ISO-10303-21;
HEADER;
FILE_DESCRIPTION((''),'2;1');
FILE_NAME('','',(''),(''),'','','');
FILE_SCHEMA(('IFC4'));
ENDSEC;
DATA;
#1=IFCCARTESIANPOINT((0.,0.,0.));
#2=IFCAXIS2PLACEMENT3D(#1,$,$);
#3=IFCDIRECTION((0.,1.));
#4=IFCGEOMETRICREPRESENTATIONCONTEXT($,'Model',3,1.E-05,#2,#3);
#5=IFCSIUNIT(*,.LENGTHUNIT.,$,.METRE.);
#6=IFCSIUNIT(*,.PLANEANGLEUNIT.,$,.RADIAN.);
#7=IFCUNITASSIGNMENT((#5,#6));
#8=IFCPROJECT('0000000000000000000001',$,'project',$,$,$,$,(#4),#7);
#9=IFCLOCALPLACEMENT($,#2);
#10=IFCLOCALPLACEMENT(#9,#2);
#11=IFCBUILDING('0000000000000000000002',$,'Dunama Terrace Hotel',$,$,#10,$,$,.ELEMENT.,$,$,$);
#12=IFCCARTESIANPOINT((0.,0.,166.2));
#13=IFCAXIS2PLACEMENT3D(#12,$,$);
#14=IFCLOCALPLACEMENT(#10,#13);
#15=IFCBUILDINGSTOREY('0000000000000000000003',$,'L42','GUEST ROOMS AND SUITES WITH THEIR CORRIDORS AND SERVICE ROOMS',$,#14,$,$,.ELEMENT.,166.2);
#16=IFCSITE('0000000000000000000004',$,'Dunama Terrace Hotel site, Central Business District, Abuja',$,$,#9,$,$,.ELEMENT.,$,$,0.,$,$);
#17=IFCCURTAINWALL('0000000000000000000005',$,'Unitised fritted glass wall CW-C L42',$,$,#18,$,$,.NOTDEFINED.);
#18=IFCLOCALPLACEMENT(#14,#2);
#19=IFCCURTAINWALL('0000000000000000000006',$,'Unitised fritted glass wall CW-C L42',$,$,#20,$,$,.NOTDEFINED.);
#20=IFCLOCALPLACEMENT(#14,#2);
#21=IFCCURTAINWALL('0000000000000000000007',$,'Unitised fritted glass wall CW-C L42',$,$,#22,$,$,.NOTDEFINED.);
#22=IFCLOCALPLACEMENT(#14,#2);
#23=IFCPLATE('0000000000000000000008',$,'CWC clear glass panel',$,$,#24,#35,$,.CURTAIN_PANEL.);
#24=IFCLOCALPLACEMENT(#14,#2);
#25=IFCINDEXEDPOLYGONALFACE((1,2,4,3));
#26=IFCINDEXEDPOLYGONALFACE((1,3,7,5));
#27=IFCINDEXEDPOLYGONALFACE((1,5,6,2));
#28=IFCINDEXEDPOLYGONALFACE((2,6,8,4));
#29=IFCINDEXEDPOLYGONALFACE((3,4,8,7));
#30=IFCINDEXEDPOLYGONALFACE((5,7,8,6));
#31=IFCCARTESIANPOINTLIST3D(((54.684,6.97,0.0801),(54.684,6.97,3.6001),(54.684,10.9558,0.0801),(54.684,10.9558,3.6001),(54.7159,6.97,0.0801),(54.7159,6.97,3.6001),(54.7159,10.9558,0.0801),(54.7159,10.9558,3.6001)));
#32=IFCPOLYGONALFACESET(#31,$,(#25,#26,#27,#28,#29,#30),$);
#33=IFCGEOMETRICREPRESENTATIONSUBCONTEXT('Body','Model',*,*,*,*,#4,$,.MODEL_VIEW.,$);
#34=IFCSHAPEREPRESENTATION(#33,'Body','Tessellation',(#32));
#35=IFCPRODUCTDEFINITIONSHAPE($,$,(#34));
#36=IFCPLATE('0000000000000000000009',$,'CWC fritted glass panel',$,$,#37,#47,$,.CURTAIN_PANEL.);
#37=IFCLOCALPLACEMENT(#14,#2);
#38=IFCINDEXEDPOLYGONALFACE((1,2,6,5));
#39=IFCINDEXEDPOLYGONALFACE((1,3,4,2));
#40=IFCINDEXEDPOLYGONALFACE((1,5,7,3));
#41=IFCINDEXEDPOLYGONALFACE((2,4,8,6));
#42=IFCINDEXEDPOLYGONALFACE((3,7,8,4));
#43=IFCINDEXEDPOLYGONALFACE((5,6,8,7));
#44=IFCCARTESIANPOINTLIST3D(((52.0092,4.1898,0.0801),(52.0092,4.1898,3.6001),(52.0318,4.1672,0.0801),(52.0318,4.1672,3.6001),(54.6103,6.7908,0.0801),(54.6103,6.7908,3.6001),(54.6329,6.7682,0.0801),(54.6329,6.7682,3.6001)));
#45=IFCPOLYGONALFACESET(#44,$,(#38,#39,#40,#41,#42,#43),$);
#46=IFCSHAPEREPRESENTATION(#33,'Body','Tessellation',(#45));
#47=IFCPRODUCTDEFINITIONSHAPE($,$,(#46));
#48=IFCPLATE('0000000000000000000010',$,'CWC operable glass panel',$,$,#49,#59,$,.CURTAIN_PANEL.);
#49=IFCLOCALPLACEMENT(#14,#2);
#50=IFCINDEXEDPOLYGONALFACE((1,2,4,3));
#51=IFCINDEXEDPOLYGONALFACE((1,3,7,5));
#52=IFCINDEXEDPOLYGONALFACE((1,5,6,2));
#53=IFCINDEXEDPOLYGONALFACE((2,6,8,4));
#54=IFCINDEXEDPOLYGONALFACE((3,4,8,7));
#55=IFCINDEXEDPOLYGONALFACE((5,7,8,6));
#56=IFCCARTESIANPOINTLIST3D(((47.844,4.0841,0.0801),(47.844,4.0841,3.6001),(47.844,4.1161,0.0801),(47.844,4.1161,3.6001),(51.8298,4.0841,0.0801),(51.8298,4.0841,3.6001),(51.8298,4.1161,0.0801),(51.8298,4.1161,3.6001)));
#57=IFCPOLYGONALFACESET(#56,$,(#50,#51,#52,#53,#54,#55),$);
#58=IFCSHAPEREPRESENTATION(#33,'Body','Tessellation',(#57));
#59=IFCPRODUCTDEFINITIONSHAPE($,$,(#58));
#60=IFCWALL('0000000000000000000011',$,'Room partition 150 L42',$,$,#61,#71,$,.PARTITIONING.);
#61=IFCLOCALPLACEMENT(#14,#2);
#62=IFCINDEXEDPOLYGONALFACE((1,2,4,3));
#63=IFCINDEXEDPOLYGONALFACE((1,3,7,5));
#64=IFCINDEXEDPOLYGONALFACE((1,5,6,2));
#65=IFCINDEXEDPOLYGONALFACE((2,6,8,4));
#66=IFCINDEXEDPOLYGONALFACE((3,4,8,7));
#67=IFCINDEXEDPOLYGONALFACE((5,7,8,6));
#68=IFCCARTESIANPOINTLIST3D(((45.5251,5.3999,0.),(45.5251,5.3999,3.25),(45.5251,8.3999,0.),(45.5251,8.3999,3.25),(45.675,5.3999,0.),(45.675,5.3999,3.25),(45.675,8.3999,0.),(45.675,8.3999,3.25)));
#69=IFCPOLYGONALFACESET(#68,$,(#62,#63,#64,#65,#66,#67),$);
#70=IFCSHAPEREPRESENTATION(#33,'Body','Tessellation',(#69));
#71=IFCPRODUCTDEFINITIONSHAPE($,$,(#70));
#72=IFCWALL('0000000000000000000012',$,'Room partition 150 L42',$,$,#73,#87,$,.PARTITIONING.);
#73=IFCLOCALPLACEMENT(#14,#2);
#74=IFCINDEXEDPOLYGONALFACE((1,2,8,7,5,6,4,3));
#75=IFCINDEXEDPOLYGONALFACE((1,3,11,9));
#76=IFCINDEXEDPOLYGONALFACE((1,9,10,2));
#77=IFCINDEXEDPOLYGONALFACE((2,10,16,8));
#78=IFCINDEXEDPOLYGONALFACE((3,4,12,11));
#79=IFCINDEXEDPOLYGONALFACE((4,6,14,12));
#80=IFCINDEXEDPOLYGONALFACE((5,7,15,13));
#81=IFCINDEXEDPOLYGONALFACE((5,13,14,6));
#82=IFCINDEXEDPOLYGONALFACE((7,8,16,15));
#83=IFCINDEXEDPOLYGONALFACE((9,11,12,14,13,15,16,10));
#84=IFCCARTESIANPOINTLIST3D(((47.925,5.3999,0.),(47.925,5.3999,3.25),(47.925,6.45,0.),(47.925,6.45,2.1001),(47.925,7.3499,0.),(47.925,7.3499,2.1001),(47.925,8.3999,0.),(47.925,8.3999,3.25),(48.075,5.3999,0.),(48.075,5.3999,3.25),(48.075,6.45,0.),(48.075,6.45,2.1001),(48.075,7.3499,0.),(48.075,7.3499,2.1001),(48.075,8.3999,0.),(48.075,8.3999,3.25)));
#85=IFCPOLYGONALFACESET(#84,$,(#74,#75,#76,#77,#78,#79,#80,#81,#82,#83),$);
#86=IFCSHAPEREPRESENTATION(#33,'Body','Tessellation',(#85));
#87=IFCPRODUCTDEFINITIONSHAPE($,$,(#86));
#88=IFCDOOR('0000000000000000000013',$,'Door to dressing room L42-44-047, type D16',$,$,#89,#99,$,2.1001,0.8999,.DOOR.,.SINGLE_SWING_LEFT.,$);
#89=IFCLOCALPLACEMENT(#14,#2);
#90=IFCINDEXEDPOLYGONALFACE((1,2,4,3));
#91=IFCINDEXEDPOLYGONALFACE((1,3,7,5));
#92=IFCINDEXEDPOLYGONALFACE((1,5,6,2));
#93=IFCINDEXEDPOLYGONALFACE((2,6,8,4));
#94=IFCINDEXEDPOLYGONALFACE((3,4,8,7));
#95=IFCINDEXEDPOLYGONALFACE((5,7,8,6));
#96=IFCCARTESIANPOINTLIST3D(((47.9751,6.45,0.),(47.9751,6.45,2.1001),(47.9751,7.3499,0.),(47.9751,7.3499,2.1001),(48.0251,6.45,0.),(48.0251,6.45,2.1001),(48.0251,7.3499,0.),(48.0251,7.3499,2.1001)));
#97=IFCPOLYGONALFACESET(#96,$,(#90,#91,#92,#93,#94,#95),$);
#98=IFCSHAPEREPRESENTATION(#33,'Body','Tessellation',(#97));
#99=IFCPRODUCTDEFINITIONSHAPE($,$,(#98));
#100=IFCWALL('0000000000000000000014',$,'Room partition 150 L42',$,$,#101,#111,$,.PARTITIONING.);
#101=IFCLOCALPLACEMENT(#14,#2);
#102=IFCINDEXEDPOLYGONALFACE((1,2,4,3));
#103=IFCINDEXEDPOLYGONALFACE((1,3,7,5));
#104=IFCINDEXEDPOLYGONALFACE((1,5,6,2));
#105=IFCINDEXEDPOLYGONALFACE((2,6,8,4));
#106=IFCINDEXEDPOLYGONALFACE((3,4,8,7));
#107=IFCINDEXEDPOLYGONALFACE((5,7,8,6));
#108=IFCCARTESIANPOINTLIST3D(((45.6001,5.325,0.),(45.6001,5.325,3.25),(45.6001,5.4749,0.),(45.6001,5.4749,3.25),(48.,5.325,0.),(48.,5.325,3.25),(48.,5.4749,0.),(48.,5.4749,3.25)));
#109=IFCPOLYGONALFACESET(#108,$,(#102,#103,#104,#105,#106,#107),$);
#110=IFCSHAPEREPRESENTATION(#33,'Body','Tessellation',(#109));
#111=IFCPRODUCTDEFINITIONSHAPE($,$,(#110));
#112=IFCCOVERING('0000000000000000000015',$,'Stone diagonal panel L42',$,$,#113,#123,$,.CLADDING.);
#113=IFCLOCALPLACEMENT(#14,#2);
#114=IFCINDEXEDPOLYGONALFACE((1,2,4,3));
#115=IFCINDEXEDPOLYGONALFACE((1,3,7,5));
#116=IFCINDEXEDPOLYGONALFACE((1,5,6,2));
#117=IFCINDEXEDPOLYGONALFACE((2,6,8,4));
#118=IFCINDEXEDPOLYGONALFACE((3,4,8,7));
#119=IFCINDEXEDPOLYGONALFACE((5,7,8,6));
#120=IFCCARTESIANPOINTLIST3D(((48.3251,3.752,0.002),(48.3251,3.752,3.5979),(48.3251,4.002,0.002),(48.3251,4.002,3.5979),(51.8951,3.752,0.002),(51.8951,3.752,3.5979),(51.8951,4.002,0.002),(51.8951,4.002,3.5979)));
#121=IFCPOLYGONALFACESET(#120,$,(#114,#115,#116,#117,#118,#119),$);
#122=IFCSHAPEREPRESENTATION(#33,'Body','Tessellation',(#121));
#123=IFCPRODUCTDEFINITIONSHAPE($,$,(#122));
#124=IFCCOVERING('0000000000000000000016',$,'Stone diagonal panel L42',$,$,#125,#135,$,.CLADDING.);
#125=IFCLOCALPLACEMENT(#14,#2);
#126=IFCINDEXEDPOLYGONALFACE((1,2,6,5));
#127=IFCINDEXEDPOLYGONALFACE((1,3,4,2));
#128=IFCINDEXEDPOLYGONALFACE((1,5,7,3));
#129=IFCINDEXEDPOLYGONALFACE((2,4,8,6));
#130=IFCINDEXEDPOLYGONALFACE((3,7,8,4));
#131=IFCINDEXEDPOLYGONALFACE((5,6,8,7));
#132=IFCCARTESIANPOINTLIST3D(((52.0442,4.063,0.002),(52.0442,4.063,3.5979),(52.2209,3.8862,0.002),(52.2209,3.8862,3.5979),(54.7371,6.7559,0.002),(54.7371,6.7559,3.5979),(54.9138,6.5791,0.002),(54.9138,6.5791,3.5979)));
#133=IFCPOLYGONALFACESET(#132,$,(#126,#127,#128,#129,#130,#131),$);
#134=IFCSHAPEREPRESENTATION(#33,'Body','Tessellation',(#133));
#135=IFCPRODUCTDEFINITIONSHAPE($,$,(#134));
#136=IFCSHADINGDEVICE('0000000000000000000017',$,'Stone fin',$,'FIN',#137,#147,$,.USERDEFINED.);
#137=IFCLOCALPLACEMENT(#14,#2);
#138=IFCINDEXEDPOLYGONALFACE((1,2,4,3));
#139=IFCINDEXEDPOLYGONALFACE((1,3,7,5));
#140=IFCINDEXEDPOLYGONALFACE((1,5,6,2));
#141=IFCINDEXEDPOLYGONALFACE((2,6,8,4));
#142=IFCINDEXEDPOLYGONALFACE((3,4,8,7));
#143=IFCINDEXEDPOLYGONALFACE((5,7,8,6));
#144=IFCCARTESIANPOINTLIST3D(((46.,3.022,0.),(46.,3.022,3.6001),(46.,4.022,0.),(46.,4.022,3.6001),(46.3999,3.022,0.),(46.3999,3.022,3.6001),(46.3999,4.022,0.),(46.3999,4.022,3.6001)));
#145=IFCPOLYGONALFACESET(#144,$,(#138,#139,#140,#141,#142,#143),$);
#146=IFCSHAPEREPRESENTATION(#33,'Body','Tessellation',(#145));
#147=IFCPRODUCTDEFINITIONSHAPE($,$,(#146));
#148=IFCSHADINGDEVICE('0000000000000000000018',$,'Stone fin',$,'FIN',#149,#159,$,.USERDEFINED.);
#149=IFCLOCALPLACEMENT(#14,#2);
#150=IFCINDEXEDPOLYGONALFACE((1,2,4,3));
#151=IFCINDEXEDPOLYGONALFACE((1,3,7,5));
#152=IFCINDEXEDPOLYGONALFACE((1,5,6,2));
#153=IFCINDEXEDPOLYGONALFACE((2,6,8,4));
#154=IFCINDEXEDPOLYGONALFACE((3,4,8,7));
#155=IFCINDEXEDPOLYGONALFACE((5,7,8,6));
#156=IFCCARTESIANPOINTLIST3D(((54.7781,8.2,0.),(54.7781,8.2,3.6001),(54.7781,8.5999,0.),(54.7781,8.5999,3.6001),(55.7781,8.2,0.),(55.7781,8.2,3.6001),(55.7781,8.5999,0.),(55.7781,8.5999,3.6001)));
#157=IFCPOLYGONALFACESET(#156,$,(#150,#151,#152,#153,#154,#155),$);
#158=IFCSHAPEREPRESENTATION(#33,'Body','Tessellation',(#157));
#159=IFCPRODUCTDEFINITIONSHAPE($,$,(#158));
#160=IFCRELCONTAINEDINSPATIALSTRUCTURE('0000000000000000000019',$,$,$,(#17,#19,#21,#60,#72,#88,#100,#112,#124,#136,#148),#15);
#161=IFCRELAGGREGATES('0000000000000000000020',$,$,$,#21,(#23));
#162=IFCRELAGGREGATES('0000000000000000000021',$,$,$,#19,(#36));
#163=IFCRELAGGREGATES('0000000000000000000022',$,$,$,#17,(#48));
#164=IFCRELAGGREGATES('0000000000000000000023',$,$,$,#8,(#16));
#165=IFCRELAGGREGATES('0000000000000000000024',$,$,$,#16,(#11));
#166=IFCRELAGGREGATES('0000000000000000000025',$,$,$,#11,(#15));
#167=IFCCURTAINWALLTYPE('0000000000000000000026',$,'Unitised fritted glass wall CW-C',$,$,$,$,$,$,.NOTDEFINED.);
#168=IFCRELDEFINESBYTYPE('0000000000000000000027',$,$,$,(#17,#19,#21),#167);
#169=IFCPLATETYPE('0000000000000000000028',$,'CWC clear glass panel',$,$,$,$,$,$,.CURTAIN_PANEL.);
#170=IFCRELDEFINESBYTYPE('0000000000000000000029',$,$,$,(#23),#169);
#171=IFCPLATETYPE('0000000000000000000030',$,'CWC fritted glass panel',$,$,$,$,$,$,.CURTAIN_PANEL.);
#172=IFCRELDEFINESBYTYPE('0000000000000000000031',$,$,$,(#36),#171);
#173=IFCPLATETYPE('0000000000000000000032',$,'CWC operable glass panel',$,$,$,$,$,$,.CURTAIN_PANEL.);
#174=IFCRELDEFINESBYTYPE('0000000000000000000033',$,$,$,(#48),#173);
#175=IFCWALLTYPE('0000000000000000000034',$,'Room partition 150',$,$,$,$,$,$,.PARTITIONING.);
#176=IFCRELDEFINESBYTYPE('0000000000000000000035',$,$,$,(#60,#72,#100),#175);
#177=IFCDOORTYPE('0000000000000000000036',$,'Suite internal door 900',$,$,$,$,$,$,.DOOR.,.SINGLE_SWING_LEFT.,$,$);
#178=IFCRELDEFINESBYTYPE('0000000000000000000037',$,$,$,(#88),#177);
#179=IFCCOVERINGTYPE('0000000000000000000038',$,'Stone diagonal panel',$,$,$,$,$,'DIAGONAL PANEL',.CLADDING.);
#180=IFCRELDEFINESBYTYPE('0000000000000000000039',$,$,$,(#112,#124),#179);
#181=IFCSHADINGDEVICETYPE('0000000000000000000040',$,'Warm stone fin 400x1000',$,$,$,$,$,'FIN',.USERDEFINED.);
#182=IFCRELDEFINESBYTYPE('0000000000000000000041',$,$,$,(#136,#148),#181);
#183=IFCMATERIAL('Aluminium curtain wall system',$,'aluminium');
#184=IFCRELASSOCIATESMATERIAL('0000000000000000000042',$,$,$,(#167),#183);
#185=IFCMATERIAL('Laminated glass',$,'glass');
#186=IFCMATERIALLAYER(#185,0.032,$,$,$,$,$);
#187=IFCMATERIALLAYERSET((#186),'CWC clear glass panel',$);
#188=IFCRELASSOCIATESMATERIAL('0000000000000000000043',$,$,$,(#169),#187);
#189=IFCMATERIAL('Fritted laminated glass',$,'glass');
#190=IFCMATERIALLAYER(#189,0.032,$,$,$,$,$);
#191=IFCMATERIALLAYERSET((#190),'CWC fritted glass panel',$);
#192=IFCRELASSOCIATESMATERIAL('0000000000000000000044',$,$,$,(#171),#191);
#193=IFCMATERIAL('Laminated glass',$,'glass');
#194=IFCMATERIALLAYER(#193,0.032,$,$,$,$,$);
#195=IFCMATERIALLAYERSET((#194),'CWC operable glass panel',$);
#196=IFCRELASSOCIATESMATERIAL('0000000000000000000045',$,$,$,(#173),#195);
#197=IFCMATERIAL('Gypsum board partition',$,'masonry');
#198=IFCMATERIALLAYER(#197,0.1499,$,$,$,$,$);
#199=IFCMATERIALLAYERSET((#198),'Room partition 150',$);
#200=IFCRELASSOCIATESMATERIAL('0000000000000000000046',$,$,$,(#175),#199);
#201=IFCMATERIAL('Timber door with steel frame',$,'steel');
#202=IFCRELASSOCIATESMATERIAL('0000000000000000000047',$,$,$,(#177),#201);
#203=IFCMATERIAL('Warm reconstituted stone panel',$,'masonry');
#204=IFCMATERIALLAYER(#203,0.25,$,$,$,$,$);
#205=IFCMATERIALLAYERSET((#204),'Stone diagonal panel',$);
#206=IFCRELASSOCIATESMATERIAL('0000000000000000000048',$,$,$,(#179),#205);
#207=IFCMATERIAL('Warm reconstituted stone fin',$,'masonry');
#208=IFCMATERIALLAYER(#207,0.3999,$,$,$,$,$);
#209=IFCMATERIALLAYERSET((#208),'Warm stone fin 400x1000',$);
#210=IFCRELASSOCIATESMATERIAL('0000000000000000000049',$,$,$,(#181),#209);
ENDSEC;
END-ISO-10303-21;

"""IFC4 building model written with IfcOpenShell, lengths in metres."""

from ifc_helpers import new_model, si_unit, direction, frame, frame_2d, origin, origin_2d, place, context, subcontext, project, spatial, rectangle, extrude, material, layer, layer_set, type_object, element, fill, aggregate, save


model = new_model("IFC4")

# Units and contexts
model_context = context("Model", 3, precision=1e-05, world=origin(), true_north=direction((0.0, 1.0)))
body_context = subcontext(model_context, "Body", "Model", "MODEL_VIEW")
ifc_project = project(units=[si_unit("LENGTHUNIT", "METRE"), si_unit("PLANEANGLEUNIT", "RADIAN")], contexts=[model_context])

# Site, building, storey
site_placement = place(None, origin())
site = spatial("IfcSite", under=ifc_project, at=site_placement, Name="Dunama Terrace Hotel site, Central Business District, Abuja", CompositionType="ELEMENT", RefElevation=0.0)
building_placement = place(site_placement, origin())
building = spatial("IfcBuilding", under=site, at=building_placement, Name="Dunama Terrace Hotel", CompositionType="ELEMENT")
storey_placement = place(building_placement, frame((0.0, 0.0, 166.2)))
storey = spatial("IfcBuildingStorey", under=building, at=storey_placement, Name="L42", Description="GUEST ROOMS AND SUITES WITH THEIR CORRIDORS AND SERVICE ROOMS", CompositionType="ELEMENT", Elevation=166.2)

# Curtain walls
ifc_material_1 = material(Name="Aluminium curtain wall system", Category="aluminium")
curtain_wall_type = type_object("IfcCurtainWallType", Name="Unitised fritted glass wall CW-C", PredefinedType="NOTDEFINED", material=ifc_material_1)
curtain_wall_1_placement = place(storey_placement, origin())
curtain_wall_1 = element("IfcCurtainWall", 1, at=curtain_wall_1_placement, inside=storey, type_object=curtain_wall_type, Name="Unitised fritted glass wall CW-C L42", PredefinedType="NOTDEFINED")
curtain_wall_2_placement = place(storey_placement, origin())
curtain_wall_2 = element("IfcCurtainWall", 2, at=curtain_wall_2_placement, inside=storey, type_object=curtain_wall_type, Name="Unitised fritted glass wall CW-C L42", PredefinedType="NOTDEFINED")

# Curtain wall
curtain_wall_3_placement = place(storey_placement, origin())
curtain_wall_3 = element("IfcCurtainWall", 3, at=curtain_wall_3_placement, inside=storey, type_object=curtain_wall_type, Name="Unitised fritted glass wall CW-C L42", PredefinedType="NOTDEFINED")

# Plates
ifc_material_2 = material(Name="Laminated glass", Category="glass")
ifc_layer_1 = layer(ifc_material_2, 0.032)
ifc_layer_set_1 = layer_set([ifc_layer_1], Name="CWC clear glass panel")
plate_type_1 = type_object("IfcPlateType", Name="CWC clear glass panel", PredefinedType="CURTAIN_PANEL", material=ifc_layer_set_1)
plate_1_placement = place(storey_placement, frame((54.7, 8.9629, 0.0801), z_axis=(0.0, 0.0, 1.0), x_axis=(0.0, 1.0, 0.0)))
plate_1 = element("IfcPlate", 4, at=plate_1_placement, type_object=plate_type_1, Name="CWC clear glass panel", PredefinedType="CURTAIN_PANEL", context=body_context, shape_type="SweptSolid", body=[
    extrude(rectangle(XDim=3.9858, YDim=0.032, at=origin_2d()), origin(), (0.0, 0.0, 1.0), 3.52),
])
aggregate(curtain_wall_3, [plate_1])
ifc_material_3 = material(Name="Fritted laminated glass", Category="glass")
ifc_layer_2 = layer(ifc_material_3, 0.032)
ifc_layer_set_2 = layer_set([ifc_layer_2], Name="CWC fritted glass panel")
plate_type_2 = type_object("IfcPlateType", Name="CWC fritted glass panel", PredefinedType="CURTAIN_PANEL", material=ifc_layer_set_2)
plate_2_placement = place(storey_placement, frame((53.321, 5.479, 0.0801), z_axis=(0.0, 0.0, 1.0), x_axis=(0.707107, 0.707107, 0.0)))
plate_2 = element("IfcPlate", 5, at=plate_2_placement, type_object=plate_type_2, Name="CWC fritted glass panel", PredefinedType="CURTAIN_PANEL", context=body_context, shape_type="SweptSolid", body=[
    extrude(rectangle(XDim=3.6785, YDim=0.032, at=origin_2d()), origin(), (0.0, 0.0, 1.0), 3.52),
])
aggregate(curtain_wall_2, [plate_2])
ifc_material_4 = material(Name="Laminated glass", Category="glass")
ifc_layer_3 = layer(ifc_material_4, 0.032)
ifc_layer_set_3 = layer_set([ifc_layer_3], Name="CWC operable glass panel")
plate_type_3 = type_object("IfcPlateType", Name="CWC operable glass panel", PredefinedType="CURTAIN_PANEL", material=ifc_layer_set_3)
plate_3_placement = place(storey_placement, frame((49.8369, 4.1001, 0.0801), z_axis=(0.0, 0.0, 1.0), x_axis=(1.0, 0.0, 0.0)))
plate_3 = element("IfcPlate", 6, at=plate_3_placement, type_object=plate_type_3, Name="CWC operable glass panel", PredefinedType="CURTAIN_PANEL", context=body_context, shape_type="SweptSolid", body=[
    extrude(rectangle(XDim=3.9858, YDim=0.032, at=origin_2d()), origin(), (0.0, 0.0, 1.0), 3.52),
])
aggregate(curtain_wall_1, [plate_3])

# Wall
ifc_material_5 = material(Name="Gypsum board partition", Category="masonry")
ifc_layer_4 = layer(ifc_material_5, 0.1499)
ifc_layer_set_4 = layer_set([ifc_layer_4], Name="Room partition 150")
wall_type = type_object("IfcWallType", Name="Room partition 150", PredefinedType="PARTITIONING", material=ifc_layer_set_4)
wall_1_placement = place(storey_placement, frame((45.6001, 5.3999, 0.0), z_axis=(0.0, 0.0, 1.0), x_axis=(0.0, 1.0, 0.0)))
element("IfcWall", 7, at=wall_1_placement, inside=storey, type_object=wall_type, Name="Room partition 150 L42", PredefinedType="PARTITIONING", context=body_context, shape_type="SweptSolid", body=[
    extrude(rectangle(XDim=3.0, YDim=0.1499, at=frame_2d((1.5, 0.0))), origin(), (0.0, 0.0, 1.0), 3.25),
])

# Wall, opening, door
wall_2_placement = place(storey_placement, frame((48.0, 5.3999, 0.0), z_axis=(0.0, 0.0, 1.0), x_axis=(0.0, 1.0, 0.0)))
wall_2 = element("IfcWall", 8, at=wall_2_placement, inside=storey, type_object=wall_type, Name="Room partition 150 L42", PredefinedType="PARTITIONING", context=body_context, shape_type="SweptSolid", body=[
    extrude(rectangle(XDim=3.0, YDim=0.1499, at=frame_2d((1.5, 0.0))), origin(), (0.0, 0.0, 1.0), 3.25),
])
opening_placement = place(wall_2_placement, frame((1.05, 0.0, 0.0)))
opening = element("IfcOpeningElement", 9, at=opening_placement, cuts=wall_2, PredefinedType="OPENING", context=body_context, shape_type="SweptSolid", body=[
    extrude(rectangle(XDim=0.8999, YDim=2.1001, at=frame_2d((0.45, 1.05))), frame((0.0, 0.085, 0.0), z_axis=(0.0, -1.0, 0.0), x_axis=(1.0, 0.0, 0.0)), (0.0, 0.0, 1.0), 0.1699),
])
ifc_material_6 = material(Name="Timber door with steel frame", Category="steel")
door_type = type_object("IfcDoorType", Name="Suite internal door 900", OperationType="SINGLE_SWING_LEFT", PredefinedType="DOOR", material=ifc_material_6)
door_placement = place(opening_placement, origin())
door = element("IfcDoor", 10, at=door_placement, inside=storey, type_object=door_type, Name="Door to dressing room L42-44-047, type D16", OperationType="SINGLE_SWING_LEFT", OverallHeight=2.1001, OverallWidth=0.8999, PredefinedType="DOOR", context=body_context, shape_type="SweptSolid", body=[
    extrude(rectangle(XDim=0.8999, YDim=2.1001, at=frame_2d((0.45, 1.05))), frame((0.0, 0.0249, 0.0), z_axis=(0.0, -1.0, 0.0), x_axis=(1.0, 0.0, 0.0)), (0.0, 0.0, 1.0), 0.05),
])
fill(opening, door)

# Wall
wall_3_placement = place(storey_placement, frame((45.6001, 5.3999, 0.0), z_axis=(0.0, 0.0, 1.0), x_axis=(1.0, 0.0, 0.0)))
element("IfcWall", 11, at=wall_3_placement, inside=storey, type_object=wall_type, Name="Room partition 150 L42", PredefinedType="PARTITIONING", context=body_context, shape_type="SweptSolid", body=[
    extrude(rectangle(XDim=2.3999, YDim=0.1499, at=frame_2d((1.2, 0.0))), origin(), (0.0, 0.0, 1.0), 3.25),
])

# Coverings
ifc_material_7 = material(Name="Warm reconstituted stone panel", Category="masonry")
ifc_layer_5 = layer(ifc_material_7, 0.25)
ifc_layer_set_5 = layer_set([ifc_layer_5], Name="Stone diagonal panel")
covering_type = type_object("IfcCoveringType", Name="Stone diagonal panel", ElementType="DIAGONAL PANEL", PredefinedType="CLADDING", material=ifc_layer_set_5)
covering_1_placement = place(storey_placement, frame((50.1101, 3.877, 0.002), z_axis=(0.0, 0.0, 1.0), x_axis=(1.0, 0.0, 0.0)))
element("IfcCovering", 12, at=covering_1_placement, inside=storey, type_object=covering_type, Name="Stone diagonal panel L42", PredefinedType="CLADDING", context=body_context, shape_type="SweptSolid", body=[
    extrude(rectangle(XDim=3.5701, YDim=0.25, at=origin_2d()), origin(), (0.0, 0.0, 1.0), 3.5959),
])
covering_2_placement = place(storey_placement, frame((53.479, 5.321, 0.002), z_axis=(0.0, 0.0, 1.0), x_axis=(0.707107, 0.707107, 0.0)))
element("IfcCovering", 13, at=covering_2_placement, inside=storey, type_object=covering_type, Name="Stone diagonal panel L42", PredefinedType="CLADDING", context=body_context, shape_type="SweptSolid", body=[
    extrude(rectangle(XDim=3.8083, YDim=0.25, at=origin_2d()), origin(), (0.0, 0.0, 1.0), 3.5959),
])

# Shading devices
ifc_material_8 = material(Name="Warm reconstituted stone fin", Category="masonry")
ifc_layer_6 = layer(ifc_material_8, 0.3999)
ifc_layer_set_6 = layer_set([ifc_layer_6], Name="Warm stone fin 400x1000")
shading_device_type = type_object("IfcShadingDeviceType", Name="Warm stone fin 400x1000", ElementType="FIN", PredefinedType="USERDEFINED", material=ifc_layer_set_6)
for number, where, z_axis, x_axis, name in (
    (14, (46.2, 3.522, 0.0), (0.0, 0.0, 1.0), (1.0, 0.0, 0.0), "Stone fin"),
    (15, (55.2781, 8.3999, 0.0), (0.0, 0.0, 1.0), (0.0, 1.0, 0.0), "Stone fin"),
):
    element("IfcShadingDevice", number, at=place(storey_placement, frame(where, z_axis=z_axis, x_axis=x_axis)), inside=storey, type_object=shading_device_type, Name=name, ObjectType="FIN", PredefinedType="USERDEFINED", context=body_context, shape_type="SweptSolid", body=[
        extrude(rectangle(XDim=0.3999, YDim=1.0, at=origin_2d()), origin(), (0.0, 0.0, 1.0), 3.6001),
    ])

save(model, "model.ifc")
